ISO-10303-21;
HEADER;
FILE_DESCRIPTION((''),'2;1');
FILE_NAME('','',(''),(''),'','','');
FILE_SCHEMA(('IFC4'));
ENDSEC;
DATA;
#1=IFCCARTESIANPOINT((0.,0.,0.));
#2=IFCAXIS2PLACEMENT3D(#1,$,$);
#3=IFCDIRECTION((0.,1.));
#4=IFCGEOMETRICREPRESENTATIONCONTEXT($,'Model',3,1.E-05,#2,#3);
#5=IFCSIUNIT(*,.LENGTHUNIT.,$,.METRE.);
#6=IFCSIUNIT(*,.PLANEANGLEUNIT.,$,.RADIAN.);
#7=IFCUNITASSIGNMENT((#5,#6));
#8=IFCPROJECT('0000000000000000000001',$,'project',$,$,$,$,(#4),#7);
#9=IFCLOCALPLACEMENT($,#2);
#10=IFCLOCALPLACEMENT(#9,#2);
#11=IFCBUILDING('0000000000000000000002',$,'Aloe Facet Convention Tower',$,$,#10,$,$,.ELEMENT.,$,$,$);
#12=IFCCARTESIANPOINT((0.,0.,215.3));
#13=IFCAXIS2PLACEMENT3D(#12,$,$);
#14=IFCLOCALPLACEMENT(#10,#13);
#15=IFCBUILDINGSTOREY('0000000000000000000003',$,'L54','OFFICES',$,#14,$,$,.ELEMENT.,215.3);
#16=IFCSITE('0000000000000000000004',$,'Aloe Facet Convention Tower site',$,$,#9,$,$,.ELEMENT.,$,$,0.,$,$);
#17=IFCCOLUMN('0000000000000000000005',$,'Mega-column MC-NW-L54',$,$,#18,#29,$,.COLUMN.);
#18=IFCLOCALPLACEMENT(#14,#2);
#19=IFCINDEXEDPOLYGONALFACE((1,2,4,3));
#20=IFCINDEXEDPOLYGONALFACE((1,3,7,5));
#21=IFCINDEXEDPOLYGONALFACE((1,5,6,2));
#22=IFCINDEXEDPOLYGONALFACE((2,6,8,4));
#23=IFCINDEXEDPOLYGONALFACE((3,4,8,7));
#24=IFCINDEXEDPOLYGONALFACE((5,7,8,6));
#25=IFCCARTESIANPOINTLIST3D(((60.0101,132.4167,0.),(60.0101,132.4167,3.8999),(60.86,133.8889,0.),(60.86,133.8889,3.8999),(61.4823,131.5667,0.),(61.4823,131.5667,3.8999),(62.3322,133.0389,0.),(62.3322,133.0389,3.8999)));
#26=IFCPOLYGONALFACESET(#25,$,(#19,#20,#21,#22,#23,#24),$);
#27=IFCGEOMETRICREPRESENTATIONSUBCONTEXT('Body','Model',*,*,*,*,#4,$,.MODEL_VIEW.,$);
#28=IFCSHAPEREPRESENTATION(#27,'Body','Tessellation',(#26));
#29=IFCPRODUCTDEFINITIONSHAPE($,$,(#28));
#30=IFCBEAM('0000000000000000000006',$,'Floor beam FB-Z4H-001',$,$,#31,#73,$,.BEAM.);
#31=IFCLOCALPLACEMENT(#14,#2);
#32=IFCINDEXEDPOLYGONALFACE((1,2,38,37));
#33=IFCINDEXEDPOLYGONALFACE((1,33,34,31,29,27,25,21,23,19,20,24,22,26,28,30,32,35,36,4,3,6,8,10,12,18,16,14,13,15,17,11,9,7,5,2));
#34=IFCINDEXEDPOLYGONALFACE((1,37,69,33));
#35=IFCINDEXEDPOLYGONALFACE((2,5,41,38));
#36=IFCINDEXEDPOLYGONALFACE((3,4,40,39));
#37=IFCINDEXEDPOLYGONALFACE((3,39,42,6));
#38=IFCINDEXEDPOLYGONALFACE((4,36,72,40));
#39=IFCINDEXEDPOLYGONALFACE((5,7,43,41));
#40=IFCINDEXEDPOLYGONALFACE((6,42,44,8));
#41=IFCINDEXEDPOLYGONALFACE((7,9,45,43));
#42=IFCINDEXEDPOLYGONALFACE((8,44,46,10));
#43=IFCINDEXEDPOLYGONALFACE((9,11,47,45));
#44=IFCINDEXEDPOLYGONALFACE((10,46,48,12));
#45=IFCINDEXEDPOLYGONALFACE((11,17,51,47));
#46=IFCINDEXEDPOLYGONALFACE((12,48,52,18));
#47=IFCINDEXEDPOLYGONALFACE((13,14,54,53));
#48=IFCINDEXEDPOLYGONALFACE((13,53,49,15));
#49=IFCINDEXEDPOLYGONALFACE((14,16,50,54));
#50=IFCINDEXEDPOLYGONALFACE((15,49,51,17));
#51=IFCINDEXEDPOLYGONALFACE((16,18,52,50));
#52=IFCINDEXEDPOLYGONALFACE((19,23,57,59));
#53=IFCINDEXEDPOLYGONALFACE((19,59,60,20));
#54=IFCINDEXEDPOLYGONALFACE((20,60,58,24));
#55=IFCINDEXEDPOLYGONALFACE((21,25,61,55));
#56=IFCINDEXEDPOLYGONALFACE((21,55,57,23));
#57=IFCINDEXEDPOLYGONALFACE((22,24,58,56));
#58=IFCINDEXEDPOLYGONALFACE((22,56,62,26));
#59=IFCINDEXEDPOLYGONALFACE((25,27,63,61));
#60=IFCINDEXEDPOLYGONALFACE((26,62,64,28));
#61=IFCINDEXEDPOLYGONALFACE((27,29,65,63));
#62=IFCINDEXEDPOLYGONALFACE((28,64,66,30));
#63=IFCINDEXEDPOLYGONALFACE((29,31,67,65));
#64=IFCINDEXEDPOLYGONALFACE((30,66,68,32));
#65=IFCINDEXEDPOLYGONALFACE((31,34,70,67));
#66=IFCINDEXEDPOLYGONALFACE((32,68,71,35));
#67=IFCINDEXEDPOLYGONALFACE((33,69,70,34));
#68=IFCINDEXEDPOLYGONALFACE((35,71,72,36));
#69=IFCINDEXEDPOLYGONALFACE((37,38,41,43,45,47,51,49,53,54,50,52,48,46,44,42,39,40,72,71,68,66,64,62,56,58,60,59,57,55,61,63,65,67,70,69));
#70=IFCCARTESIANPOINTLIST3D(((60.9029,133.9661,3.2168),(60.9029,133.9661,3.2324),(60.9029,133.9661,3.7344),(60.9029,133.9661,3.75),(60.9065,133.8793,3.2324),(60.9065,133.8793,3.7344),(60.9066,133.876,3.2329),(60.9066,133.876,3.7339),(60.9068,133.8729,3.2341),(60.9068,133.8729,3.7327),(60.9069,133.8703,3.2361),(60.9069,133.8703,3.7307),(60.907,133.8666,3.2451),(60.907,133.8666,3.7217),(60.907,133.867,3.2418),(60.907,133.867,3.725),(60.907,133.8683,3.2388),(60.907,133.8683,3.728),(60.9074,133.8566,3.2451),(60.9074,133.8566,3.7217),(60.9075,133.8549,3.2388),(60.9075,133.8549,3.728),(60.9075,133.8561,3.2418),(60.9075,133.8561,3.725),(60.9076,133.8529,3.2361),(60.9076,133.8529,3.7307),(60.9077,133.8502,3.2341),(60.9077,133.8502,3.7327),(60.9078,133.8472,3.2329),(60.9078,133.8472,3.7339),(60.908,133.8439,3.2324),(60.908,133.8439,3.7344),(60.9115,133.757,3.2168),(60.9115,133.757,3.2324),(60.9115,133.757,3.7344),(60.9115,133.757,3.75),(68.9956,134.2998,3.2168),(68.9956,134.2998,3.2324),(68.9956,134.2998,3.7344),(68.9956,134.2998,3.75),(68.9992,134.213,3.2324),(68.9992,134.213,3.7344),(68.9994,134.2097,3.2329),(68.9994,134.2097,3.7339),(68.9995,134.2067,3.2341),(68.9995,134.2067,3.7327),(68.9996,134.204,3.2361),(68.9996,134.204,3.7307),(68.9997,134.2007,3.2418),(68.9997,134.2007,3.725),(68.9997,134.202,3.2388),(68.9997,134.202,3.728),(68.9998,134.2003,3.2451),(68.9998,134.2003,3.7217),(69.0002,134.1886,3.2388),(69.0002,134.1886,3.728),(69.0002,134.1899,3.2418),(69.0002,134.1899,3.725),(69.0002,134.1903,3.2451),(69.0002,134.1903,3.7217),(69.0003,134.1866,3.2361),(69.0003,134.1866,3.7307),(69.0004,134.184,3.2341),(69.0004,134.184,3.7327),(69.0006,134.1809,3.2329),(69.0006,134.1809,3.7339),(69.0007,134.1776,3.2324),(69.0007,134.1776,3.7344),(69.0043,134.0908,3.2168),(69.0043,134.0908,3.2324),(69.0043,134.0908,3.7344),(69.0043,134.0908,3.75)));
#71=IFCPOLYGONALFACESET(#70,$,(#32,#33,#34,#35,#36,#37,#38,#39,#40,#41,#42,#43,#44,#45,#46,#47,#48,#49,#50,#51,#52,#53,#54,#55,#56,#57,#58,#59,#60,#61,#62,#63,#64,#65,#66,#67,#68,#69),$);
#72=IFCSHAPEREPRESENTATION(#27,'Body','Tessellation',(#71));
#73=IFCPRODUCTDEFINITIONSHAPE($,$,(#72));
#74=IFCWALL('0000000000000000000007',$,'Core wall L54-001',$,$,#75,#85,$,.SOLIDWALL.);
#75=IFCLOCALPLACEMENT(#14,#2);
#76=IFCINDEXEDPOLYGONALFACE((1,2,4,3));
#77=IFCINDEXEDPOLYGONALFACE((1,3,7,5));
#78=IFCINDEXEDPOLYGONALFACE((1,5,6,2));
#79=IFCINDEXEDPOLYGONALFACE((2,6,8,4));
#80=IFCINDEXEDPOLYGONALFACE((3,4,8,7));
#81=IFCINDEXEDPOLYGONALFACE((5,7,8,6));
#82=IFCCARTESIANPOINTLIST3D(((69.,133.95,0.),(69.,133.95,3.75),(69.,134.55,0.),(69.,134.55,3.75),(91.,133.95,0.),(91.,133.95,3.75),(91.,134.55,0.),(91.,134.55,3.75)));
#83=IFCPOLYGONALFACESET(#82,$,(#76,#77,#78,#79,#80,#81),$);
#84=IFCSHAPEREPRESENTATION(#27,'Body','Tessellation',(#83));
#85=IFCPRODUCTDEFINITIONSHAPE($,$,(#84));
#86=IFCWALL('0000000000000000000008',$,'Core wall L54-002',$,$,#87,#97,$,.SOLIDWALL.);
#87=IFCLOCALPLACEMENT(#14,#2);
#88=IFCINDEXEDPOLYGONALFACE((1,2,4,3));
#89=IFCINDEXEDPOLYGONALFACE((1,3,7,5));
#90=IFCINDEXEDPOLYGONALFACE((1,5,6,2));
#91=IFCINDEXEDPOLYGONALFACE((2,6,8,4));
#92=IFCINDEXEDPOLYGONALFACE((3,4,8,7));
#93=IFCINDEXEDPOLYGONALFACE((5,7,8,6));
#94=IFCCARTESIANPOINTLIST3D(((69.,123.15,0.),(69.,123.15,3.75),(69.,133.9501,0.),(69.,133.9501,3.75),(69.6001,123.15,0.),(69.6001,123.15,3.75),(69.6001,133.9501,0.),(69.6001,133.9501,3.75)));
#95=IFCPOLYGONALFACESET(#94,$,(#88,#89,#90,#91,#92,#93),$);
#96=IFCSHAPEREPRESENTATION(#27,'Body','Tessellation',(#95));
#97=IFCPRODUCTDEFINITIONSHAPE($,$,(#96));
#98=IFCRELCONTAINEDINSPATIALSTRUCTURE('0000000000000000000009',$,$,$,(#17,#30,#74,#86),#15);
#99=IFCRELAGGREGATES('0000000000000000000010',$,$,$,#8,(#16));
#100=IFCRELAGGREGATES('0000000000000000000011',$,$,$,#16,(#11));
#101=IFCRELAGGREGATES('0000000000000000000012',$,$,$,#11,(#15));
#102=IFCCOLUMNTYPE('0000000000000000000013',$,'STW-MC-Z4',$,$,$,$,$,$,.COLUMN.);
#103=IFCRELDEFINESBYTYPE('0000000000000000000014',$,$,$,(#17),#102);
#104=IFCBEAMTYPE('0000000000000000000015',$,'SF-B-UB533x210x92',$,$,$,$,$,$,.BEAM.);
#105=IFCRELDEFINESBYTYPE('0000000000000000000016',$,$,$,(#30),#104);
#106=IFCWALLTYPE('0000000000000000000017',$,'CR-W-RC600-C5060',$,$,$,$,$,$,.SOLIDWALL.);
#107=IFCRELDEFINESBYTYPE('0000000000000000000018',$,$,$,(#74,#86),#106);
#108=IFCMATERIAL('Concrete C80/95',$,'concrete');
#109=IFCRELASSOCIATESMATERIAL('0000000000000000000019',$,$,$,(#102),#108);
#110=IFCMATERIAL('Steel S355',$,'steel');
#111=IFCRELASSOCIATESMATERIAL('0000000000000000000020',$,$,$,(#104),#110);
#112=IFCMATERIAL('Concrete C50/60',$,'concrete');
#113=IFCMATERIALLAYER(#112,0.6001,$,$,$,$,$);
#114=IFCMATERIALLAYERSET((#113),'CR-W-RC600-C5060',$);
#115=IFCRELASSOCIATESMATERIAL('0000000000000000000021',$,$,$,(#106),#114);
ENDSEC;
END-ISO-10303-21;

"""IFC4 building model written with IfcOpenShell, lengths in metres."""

from ifc_helpers import new_model, si_unit, direction, frame, frame_2d, origin, origin_2d, place, context, subcontext, project, spatial, rectangle, i_section, extrude, material, layer, layer_set, material_profile, profile_set, type_object, element, save


model = new_model("IFC4")

# Units and contexts
model_context = context("Model", 3, precision=1e-05, world=origin(), true_north=direction((0.0, 1.0)))
body_context = subcontext(model_context, "Body", "Model", "MODEL_VIEW")
ifc_project = project(units=[si_unit("LENGTHUNIT", "METRE"), si_unit("PLANEANGLEUNIT", "RADIAN")], contexts=[model_context])

# Site, building, storey
site_placement = place(None, origin())
site = spatial("IfcSite", under=ifc_project, at=site_placement, Name="Aloe Facet Convention Tower site", CompositionType="ELEMENT", RefElevation=0.0)
building_placement = place(site_placement, origin())
building = spatial("IfcBuilding", under=site, at=building_placement, Name="Aloe Facet Convention Tower", CompositionType="ELEMENT")
storey_placement = place(building_placement, frame((0.0, 0.0, 215.3)))
storey = spatial("IfcBuildingStorey", under=building, at=storey_placement, Name="L54", Description="OFFICES", CompositionType="ELEMENT", Elevation=215.3)

# Column
ifc_material_1 = material(Name="Concrete C80/95", Category="concrete")
ifc_material_profile_1 = material_profile(ifc_material_1, rectangle(XDim=1.7, YDim=1.7, at=origin_2d()), Name="STW-MC-Z4")
ifc_profile_set_1 = profile_set([ifc_material_profile_1], Name="Concrete C80/95")
column_type = type_object("IfcColumnType", Name="STW-MC-Z4", PredefinedType="COLUMN", material=ifc_profile_set_1)
column_placement = place(storey_placement, frame((61.1711, 132.7278, 0.0), z_axis=(0.0, 0.0, 1.0), x_axis=(-0.5, -0.866025, 0.0)))
element("IfcColumn", 1, at=column_placement, inside=storey, type_object=column_type, Name="Mega-column MC-NW-L54", PredefinedType="COLUMN", context=body_context, shape_type="SweptSolid", body=[
    extrude(rectangle(XDim=1.7, YDim=1.7, at=origin_2d()), origin(), (0.0, 0.0, 1.0), 3.8999),
])

# Beam
ifc_material_2 = material(Name="Steel S355", Category="steel")
ifc_material_profile_2 = material_profile(ifc_material_2, i_section(OverallWidth=0.2092, OverallDepth=0.5332, WebThickness=0.01, FlangeThickness=0.0156, FilletRadius=0.0127, at=origin_2d()), Name="UB 533x210x92")
ifc_profile_set_2 = profile_set([ifc_material_profile_2], Name="Steel S355")
beam_type = type_object("IfcBeamType", Name="SF-B-UB533x210x92", PredefinedType="BEAM", material=ifc_profile_set_2)
beam_placement = place(storey_placement, frame((60.9072, 133.8616, 3.4834), z_axis=(0.999151, 0.041204, 0.0), x_axis=(-0.041204, 0.999151, 0.0)))
element("IfcBeam", 2, at=beam_placement, inside=storey, type_object=beam_type, Name="Floor beam FB-Z4H-001", PredefinedType="BEAM", context=body_context, shape_type="SweptSolid", body=[
    extrude(i_section(OverallWidth=0.2092, OverallDepth=0.5332, WebThickness=0.01, FlangeThickness=0.0156, FilletRadius=0.0127, at=origin_2d()), origin(), (0.0, 0.0, 1.0), 8.0996),
])

# Walls
ifc_material_3 = material(Name="Concrete C50/60", Category="concrete")
ifc_layer_1 = layer(ifc_material_3, 0.6001)
ifc_layer_set_1 = layer_set([ifc_layer_1], Name="CR-W-RC600-C5060")
wall_type_1 = type_object("IfcWallType", Name="CR-W-RC600-C5060", PredefinedType="SOLIDWALL", material=ifc_layer_set_1)
wall_1_placement = place(storey_placement, frame((69.0, 134.25, 0.0), z_axis=(0.0, 0.0, 1.0), x_axis=(1.0, 0.0, 0.0)))
element("IfcWall", 3, at=wall_1_placement, inside=storey, type_object=wall_type_1, Name="Core wall L54-001", PredefinedType="SOLIDWALL", context=body_context, shape_type="SweptSolid", body=[
    extrude(rectangle(XDim=22.0, YDim=0.6001, at=frame_2d((11.0, 0.0))), origin(), (0.0, 0.0, 1.0), 3.75),
])
wall_2_placement = place(storey_placement, frame((69.3, 133.95, 0.0), z_axis=(0.0, 0.0, 1.0), x_axis=(0.0, -1.0, 0.0)))
element("IfcWall", 4, at=wall_2_placement, inside=storey, type_object=wall_type_1, Name="Core wall L54-002", PredefinedType="SOLIDWALL", context=body_context, shape_type="SweptSolid", body=[
    extrude(rectangle(XDim=10.8, YDim=0.6001, at=frame_2d((5.3999, 0.0))), origin(), (0.0, 0.0, 1.0), 3.75),
])

save(model, "model.ifc")
